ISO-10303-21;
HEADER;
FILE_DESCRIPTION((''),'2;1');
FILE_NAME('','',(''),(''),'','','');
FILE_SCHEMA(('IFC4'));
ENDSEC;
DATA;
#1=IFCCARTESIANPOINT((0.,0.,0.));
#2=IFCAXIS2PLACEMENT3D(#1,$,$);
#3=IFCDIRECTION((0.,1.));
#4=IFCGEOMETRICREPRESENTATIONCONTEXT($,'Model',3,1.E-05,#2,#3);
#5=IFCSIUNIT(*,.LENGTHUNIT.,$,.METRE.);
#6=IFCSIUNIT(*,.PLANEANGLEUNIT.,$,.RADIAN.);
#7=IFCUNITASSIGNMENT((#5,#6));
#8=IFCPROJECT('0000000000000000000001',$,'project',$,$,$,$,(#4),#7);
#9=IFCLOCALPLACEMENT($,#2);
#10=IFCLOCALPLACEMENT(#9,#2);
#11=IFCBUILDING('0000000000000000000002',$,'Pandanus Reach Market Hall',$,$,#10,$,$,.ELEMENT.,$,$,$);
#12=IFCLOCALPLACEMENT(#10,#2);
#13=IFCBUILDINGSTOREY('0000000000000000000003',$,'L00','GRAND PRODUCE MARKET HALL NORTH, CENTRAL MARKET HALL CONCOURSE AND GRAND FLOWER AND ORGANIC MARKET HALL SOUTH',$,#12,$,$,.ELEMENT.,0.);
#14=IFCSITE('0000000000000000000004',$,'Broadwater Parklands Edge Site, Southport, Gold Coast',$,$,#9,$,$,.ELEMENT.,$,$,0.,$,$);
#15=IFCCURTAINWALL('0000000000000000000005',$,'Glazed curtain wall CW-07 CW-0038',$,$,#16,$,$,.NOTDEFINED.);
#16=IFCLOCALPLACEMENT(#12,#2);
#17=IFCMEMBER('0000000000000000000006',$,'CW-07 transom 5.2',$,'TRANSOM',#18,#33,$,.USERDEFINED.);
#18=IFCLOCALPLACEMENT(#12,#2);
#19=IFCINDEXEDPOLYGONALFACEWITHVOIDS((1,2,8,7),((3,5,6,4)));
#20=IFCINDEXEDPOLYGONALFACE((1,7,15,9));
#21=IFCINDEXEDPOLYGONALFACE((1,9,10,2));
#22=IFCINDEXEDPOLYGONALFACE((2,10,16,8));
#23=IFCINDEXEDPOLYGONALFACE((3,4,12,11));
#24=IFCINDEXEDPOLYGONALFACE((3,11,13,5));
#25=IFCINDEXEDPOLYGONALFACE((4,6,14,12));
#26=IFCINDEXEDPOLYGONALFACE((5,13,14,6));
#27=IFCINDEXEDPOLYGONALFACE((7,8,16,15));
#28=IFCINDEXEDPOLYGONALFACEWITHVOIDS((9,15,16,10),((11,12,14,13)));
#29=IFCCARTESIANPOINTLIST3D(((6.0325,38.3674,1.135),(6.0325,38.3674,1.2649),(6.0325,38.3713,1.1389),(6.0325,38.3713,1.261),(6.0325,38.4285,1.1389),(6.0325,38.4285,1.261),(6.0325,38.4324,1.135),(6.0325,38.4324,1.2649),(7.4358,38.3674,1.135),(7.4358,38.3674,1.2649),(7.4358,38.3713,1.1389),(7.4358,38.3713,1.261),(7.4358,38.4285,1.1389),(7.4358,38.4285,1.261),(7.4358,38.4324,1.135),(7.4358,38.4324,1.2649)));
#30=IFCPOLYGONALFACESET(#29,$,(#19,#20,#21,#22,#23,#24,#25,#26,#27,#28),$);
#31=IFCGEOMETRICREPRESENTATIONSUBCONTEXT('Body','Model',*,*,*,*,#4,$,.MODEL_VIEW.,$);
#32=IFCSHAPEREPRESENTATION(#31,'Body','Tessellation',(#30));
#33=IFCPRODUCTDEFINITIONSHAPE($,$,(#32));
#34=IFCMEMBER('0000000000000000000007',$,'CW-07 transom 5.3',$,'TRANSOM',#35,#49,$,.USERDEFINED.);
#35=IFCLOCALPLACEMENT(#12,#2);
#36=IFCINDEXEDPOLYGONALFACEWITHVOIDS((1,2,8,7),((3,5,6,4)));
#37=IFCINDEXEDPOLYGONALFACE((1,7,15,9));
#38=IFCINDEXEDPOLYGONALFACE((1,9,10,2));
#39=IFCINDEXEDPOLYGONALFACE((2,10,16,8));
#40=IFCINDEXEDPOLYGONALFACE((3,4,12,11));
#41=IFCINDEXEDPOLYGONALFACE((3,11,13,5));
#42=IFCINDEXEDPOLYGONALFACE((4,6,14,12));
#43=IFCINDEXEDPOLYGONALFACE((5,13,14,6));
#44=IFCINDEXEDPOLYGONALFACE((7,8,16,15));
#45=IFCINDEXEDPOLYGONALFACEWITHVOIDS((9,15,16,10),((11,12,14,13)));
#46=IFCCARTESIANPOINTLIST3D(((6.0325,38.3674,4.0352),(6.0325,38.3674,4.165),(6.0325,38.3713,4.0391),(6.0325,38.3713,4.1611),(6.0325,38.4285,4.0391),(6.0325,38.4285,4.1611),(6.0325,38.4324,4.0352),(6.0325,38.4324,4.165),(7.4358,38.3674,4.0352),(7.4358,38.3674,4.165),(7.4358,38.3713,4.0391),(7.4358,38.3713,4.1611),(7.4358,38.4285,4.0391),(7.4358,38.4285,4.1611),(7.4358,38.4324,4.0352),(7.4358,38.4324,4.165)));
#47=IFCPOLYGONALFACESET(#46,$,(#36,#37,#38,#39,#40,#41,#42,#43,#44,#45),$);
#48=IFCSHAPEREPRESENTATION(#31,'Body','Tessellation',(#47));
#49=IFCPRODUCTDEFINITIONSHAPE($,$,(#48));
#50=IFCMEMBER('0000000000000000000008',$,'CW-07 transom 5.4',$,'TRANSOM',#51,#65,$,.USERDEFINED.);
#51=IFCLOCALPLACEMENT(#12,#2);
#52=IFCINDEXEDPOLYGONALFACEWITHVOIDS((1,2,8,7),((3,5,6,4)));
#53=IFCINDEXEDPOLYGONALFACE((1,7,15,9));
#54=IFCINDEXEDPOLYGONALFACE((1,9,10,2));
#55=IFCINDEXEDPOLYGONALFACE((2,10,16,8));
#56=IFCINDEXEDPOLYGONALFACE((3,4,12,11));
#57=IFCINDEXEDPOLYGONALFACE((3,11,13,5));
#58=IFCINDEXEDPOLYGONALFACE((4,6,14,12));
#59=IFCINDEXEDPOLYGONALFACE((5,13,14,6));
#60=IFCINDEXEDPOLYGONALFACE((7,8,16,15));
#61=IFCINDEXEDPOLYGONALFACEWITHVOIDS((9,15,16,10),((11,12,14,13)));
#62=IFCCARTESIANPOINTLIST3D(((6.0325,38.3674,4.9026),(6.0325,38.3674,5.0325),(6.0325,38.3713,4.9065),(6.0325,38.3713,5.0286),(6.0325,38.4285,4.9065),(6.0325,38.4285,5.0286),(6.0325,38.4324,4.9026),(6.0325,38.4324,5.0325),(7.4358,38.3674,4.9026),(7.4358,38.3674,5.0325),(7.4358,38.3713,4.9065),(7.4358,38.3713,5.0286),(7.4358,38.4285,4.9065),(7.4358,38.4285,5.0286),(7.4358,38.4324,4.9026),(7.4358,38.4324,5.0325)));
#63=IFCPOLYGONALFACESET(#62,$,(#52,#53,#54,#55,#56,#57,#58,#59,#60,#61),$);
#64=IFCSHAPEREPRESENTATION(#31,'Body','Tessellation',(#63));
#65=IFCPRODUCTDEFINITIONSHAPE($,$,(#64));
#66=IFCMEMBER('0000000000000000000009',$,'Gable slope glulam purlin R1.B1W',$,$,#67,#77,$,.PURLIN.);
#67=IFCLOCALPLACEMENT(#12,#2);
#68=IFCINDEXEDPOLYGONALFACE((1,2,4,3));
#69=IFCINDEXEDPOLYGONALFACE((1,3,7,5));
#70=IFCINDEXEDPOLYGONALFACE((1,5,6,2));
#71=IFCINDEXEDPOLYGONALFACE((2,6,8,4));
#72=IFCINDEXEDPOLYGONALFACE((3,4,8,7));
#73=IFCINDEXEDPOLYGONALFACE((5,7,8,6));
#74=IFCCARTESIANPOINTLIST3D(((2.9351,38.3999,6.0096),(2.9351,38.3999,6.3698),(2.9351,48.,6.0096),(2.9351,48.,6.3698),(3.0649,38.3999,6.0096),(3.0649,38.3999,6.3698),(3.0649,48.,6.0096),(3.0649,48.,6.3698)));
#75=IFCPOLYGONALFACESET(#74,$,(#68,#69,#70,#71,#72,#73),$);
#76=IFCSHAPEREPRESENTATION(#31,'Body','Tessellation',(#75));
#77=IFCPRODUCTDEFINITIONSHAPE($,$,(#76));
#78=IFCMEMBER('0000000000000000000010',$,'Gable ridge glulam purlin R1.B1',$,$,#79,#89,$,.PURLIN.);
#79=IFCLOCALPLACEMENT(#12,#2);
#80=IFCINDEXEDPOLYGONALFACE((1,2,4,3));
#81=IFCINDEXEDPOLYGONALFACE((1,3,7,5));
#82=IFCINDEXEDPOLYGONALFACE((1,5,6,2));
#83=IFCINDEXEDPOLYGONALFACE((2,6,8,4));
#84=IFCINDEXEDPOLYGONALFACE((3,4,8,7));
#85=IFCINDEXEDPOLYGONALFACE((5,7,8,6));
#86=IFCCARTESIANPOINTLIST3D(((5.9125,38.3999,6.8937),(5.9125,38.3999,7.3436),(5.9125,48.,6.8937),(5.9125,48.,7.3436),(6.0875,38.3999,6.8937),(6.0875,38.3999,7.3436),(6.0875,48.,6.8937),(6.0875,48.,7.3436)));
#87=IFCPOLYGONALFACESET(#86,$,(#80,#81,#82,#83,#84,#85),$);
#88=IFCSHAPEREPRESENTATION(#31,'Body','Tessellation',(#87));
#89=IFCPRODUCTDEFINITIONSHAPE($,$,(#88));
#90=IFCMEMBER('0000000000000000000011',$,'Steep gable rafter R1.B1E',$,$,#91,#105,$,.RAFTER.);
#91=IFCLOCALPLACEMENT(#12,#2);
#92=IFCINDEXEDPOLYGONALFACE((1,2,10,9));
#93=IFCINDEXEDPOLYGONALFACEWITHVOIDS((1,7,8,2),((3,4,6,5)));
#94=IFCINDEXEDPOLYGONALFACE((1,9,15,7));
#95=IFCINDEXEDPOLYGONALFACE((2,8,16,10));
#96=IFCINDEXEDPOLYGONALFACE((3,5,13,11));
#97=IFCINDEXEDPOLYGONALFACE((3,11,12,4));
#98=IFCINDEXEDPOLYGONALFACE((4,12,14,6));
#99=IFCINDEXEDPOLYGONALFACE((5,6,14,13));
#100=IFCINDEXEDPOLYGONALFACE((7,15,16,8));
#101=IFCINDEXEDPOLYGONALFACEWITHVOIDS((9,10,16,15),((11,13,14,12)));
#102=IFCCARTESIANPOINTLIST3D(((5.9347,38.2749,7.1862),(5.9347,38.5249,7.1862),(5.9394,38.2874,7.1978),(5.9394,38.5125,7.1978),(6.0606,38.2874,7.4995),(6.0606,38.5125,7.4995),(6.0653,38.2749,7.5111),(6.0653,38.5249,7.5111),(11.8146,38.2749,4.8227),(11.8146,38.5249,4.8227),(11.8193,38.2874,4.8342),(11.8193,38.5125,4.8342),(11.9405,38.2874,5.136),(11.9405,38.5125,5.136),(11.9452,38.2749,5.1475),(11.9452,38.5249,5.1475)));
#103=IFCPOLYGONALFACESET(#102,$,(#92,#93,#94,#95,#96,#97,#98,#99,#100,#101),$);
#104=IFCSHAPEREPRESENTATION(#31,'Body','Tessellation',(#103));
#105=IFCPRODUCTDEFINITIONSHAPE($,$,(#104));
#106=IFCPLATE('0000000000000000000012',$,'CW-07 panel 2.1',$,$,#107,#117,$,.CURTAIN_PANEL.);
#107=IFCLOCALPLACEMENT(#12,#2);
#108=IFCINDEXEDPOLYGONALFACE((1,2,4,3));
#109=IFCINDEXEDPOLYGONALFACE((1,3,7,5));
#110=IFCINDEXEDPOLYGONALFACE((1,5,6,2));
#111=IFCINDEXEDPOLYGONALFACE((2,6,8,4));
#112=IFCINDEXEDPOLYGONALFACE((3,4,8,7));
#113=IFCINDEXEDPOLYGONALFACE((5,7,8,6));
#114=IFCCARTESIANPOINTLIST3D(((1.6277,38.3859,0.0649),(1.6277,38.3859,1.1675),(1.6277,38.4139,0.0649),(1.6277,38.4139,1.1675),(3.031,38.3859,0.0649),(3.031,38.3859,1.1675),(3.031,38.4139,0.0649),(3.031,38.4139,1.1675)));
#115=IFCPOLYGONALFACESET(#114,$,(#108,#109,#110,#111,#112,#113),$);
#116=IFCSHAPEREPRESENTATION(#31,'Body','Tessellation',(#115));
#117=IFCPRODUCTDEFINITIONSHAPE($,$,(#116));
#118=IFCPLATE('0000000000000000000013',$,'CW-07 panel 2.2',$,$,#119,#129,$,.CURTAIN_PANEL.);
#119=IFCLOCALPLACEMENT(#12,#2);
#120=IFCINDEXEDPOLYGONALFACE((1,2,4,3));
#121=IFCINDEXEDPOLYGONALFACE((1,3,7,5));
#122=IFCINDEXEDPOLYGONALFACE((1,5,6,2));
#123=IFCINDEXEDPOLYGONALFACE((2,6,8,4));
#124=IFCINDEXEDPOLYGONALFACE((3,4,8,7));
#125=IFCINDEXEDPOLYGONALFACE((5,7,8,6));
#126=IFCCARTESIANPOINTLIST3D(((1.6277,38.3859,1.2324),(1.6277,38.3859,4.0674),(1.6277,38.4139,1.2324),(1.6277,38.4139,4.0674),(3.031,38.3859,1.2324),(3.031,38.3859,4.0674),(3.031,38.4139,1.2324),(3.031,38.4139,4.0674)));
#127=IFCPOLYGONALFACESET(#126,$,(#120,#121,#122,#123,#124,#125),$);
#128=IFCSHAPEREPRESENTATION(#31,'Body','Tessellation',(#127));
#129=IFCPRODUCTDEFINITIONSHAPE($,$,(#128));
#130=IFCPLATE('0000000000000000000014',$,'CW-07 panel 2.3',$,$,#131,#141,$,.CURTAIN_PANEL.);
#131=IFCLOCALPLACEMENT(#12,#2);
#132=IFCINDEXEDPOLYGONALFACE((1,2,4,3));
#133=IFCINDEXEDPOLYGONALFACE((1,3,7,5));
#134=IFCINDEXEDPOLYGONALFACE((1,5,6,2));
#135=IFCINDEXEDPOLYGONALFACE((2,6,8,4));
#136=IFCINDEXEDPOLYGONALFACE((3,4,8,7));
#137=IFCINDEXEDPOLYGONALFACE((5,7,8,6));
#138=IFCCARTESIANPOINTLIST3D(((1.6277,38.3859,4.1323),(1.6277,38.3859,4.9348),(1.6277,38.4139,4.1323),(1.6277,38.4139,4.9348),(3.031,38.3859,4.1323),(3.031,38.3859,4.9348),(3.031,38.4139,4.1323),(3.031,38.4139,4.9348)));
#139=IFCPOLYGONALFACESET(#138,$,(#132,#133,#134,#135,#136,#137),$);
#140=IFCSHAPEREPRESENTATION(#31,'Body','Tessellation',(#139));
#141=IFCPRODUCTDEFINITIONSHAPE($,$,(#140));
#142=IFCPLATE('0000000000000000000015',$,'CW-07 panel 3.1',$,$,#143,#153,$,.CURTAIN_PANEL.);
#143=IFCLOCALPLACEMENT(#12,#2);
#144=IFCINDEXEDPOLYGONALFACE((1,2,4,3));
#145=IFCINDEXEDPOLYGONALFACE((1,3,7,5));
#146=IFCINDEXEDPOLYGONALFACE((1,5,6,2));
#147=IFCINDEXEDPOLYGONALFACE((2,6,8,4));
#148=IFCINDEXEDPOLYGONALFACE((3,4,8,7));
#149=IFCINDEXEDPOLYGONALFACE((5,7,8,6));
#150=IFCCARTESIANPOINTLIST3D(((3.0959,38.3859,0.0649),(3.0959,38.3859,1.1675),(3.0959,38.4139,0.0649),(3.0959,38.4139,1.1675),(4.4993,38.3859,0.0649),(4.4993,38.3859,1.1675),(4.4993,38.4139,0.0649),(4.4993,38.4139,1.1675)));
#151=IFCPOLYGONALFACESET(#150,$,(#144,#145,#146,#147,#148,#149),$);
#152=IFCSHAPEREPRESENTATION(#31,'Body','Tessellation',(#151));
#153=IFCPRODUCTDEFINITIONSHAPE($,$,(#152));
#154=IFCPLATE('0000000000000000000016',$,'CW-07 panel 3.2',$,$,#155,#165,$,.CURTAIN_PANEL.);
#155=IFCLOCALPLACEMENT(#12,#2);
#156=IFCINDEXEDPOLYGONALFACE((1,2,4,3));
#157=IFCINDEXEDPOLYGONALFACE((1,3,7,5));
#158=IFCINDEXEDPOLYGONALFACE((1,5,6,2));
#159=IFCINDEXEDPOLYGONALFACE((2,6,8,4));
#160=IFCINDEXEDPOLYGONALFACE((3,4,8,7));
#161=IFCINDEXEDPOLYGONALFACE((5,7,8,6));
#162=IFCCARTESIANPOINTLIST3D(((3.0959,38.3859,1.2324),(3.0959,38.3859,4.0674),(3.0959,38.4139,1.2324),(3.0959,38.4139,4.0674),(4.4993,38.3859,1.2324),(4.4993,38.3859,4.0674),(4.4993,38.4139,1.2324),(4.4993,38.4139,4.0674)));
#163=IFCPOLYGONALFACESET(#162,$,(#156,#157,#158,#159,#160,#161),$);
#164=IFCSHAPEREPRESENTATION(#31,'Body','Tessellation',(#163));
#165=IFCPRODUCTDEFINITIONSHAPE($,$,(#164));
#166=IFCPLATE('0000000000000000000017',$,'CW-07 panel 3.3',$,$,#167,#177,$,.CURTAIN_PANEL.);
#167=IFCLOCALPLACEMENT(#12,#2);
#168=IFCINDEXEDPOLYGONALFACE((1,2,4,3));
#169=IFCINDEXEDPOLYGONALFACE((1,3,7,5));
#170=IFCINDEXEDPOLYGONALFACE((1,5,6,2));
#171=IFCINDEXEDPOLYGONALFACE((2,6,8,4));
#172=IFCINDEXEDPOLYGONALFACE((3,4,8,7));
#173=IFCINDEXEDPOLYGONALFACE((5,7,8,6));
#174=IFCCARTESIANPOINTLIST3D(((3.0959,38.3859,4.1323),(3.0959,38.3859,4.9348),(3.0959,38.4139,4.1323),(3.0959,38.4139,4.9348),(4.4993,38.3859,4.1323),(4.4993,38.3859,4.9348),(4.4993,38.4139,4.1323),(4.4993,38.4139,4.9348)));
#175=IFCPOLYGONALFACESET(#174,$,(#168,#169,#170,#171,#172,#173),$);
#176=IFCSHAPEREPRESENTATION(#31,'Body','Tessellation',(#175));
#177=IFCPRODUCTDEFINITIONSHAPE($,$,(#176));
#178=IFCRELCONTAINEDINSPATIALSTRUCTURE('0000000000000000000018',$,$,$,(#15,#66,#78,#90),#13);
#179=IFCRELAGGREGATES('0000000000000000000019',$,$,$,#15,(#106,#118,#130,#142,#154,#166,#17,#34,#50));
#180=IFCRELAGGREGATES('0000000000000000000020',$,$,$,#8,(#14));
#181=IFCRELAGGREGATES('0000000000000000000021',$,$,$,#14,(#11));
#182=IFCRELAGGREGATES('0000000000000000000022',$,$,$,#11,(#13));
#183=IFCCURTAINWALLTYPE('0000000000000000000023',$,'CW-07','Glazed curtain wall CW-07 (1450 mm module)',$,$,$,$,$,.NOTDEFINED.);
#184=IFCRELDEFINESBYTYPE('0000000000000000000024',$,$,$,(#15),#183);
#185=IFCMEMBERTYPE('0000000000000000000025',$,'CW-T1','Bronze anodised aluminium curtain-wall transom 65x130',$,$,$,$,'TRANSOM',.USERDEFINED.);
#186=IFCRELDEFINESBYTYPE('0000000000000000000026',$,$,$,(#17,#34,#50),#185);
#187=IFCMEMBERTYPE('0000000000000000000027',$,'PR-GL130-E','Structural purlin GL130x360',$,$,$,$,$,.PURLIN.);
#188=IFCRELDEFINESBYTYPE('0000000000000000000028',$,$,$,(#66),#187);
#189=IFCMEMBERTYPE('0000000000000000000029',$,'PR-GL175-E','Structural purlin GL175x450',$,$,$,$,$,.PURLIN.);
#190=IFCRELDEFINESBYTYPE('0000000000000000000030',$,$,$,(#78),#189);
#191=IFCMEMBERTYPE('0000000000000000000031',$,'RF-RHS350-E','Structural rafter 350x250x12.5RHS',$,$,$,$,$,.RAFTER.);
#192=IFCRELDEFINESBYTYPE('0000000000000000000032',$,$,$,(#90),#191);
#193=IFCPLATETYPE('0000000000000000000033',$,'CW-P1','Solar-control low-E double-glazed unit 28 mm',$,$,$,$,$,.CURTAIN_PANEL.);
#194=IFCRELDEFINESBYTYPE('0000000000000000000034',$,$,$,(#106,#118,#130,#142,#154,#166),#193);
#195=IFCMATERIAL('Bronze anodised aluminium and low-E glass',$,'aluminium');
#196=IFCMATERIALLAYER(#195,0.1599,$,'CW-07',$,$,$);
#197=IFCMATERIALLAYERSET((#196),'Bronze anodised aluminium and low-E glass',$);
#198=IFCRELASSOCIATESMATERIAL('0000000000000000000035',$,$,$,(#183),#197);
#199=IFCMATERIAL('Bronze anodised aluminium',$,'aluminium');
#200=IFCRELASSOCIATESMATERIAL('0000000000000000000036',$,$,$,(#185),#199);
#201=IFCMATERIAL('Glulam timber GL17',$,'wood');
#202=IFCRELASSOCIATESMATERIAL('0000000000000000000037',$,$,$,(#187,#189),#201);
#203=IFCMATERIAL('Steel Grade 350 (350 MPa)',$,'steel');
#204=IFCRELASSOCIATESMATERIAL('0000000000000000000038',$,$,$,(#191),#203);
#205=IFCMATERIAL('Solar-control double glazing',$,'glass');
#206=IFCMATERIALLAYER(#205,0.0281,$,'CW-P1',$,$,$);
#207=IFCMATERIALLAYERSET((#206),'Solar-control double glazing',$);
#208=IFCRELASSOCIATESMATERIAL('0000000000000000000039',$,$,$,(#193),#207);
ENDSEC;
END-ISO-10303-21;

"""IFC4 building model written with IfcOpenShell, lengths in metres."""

from ifc_helpers import new_model, si_unit, direction, frame, origin, origin_2d, place, context, subcontext, project, spatial, rectangle, hollow_rectangle, extrude, material, layer, layer_set, material_profile, profile_set, type_object, element, aggregate, save


model = new_model("IFC4")

# Units and contexts
model_context = context("Model", 3, precision=1e-05, world=origin(), true_north=direction((0.0, 1.0)))
body_context = subcontext(model_context, "Body", "Model", "MODEL_VIEW")
ifc_project = project(units=[si_unit("LENGTHUNIT", "METRE"), si_unit("PLANEANGLEUNIT", "RADIAN")], contexts=[model_context])

# Site, building, storey
site_placement = place(None, origin())
site = spatial("IfcSite", under=ifc_project, at=site_placement, Name="Broadwater Parklands Edge Site, Southport, Gold Coast", CompositionType="ELEMENT", RefElevation=0.0)
building_placement = place(site_placement, origin())
building = spatial("IfcBuilding", under=site, at=building_placement, Name="Pandanus Reach Market Hall", CompositionType="ELEMENT")
storey_placement = place(building_placement, origin())
storey = spatial("IfcBuildingStorey", under=building, at=storey_placement, Name="L00", Description="GRAND PRODUCE MARKET HALL NORTH, CENTRAL MARKET HALL CONCOURSE AND GRAND FLOWER AND ORGANIC MARKET HALL SOUTH", CompositionType="ELEMENT", Elevation=0.0)

# Shared definitions
ifc_material_1 = material(Name="Steel Grade 350 (350 MPa)", Category="steel")

# Curtain wall, members
ifc_material_2 = material(Name="Bronze anodised aluminium and low-E glass", Category="aluminium")
ifc_layer_1 = layer(ifc_material_2, 0.1599, Name="CW-07")
ifc_layer_set_1 = layer_set([ifc_layer_1], Name="Bronze anodised aluminium and low-E glass")
curtain_wall_type = type_object("IfcCurtainWallType", Name="CW-07", Description="Glazed curtain wall CW-07 (1450 mm module)", PredefinedType="NOTDEFINED", material=ifc_layer_set_1)
curtain_wall_placement = place(storey_placement, origin())
curtain_wall = element("IfcCurtainWall", 1, at=curtain_wall_placement, inside=storey, type_object=curtain_wall_type, Name="Glazed curtain wall CW-07 CW-0038", PredefinedType="NOTDEFINED")
ifc_material_3 = material(Name="Bronze anodised aluminium", Category="aluminium")
ifc_material_profile_1 = material_profile(ifc_material_3, hollow_rectangle(XDim=0.0649, YDim=0.1299, WallThickness=0.0039, at=origin_2d()), Name="ALU65x130", Category="LoadBearing")
ifc_profile_set_1 = profile_set([ifc_material_profile_1], Name="Bronze anodised aluminium")
member_type_1 = type_object("IfcMemberType", Name="CW-T1", Description="Bronze anodised aluminium curtain-wall transom 65x130", ElementType="TRANSOM", PredefinedType="USERDEFINED", material=ifc_profile_set_1)
member_1_placement = place(storey_placement, frame((6.0325, 38.3999, 1.2), z_axis=(1.0, 0.0, 0.0), x_axis=(0.0, 1.0, 0.0)))
member_1 = element("IfcMember", 2, at=member_1_placement, type_object=member_type_1, Name="CW-07 transom 5.2", ObjectType="TRANSOM", PredefinedType="USERDEFINED", context=body_context, shape_type="SweptSolid", body=[
    extrude(hollow_rectangle(XDim=0.0649, YDim=0.1299, WallThickness=0.0039, at=origin_2d()), origin(), (0.0, 0.0, 1.0), 1.4033),
])
member_2_placement = place(storey_placement, frame((6.0325, 38.3999, 4.1001), z_axis=(1.0, 0.0, 0.0), x_axis=(0.0, 1.0, 0.0)))
member_2 = element("IfcMember", 3, at=member_2_placement, type_object=member_type_1, Name="CW-07 transom 5.3", ObjectType="TRANSOM", PredefinedType="USERDEFINED", context=body_context, shape_type="SweptSolid", body=[
    extrude(hollow_rectangle(XDim=0.0649, YDim=0.1299, WallThickness=0.0039, at=origin_2d()), origin(), (0.0, 0.0, 1.0), 1.4033),
])
member_3_placement = place(storey_placement, frame((6.0325, 38.3999, 4.9675), z_axis=(1.0, 0.0, 0.0), x_axis=(0.0, 1.0, 0.0)))
member_3 = element("IfcMember", 4, at=member_3_placement, type_object=member_type_1, Name="CW-07 transom 5.4", ObjectType="TRANSOM", PredefinedType="USERDEFINED", context=body_context, shape_type="SweptSolid", body=[
    extrude(hollow_rectangle(XDim=0.0649, YDim=0.1299, WallThickness=0.0039, at=origin_2d()), origin(), (0.0, 0.0, 1.0), 1.4033),
])

# Members
ifc_material_4 = material(Name="Glulam timber GL17", Category="wood")
ifc_material_profile_2 = material_profile(ifc_material_4, rectangle(XDim=0.1299, YDim=0.3601, at=origin_2d()), Name="GL130x360", Category="LoadBearing")
ifc_profile_set_2 = profile_set([ifc_material_profile_2], Name="Glulam timber GL17")
member_type_2 = type_object("IfcMemberType", Name="PR-GL130-E", Description="Structural purlin GL130x360", PredefinedType="PURLIN", material=ifc_profile_set_2)
member_4_placement = place(storey_placement, frame((3.0, 38.3999, 6.1897), z_axis=(0.0, 1.0, 0.0), x_axis=(-1.0, 0.0, 0.0)))
element("IfcMember", 5, at=member_4_placement, inside=storey, type_object=member_type_2, Name="Gable slope glulam purlin R1.B1W", PredefinedType="PURLIN", context=body_context, shape_type="SweptSolid", body=[
    extrude(rectangle(XDim=0.1299, YDim=0.3601, at=origin_2d()), origin(), (0.0, 0.0, 1.0), 9.6001),
])
ifc_material_profile_3 = material_profile(ifc_material_4, rectangle(XDim=0.175, YDim=0.45, at=origin_2d()), Name="GL175x450", Category="LoadBearing")
ifc_profile_set_3 = profile_set([ifc_material_profile_3], Name="Glulam timber GL17")
member_type_3 = type_object("IfcMemberType", Name="PR-GL175-E", Description="Structural purlin GL175x450", PredefinedType="PURLIN", material=ifc_profile_set_3)
member_5_placement = place(storey_placement, frame((6.0, 38.3999, 7.1187), z_axis=(0.0, 1.0, 0.0), x_axis=(-1.0, 0.0, 0.0)))
element("IfcMember", 6, at=member_5_placement, inside=storey, type_object=member_type_3, Name="Gable ridge glulam purlin R1.B1", PredefinedType="PURLIN", context=body_context, shape_type="SweptSolid", body=[
    extrude(rectangle(XDim=0.175, YDim=0.45, at=origin_2d()), origin(), (0.0, 0.0, 1.0), 9.6001),
])
ifc_material_profile_4 = material_profile(ifc_material_1, hollow_rectangle(XDim=0.25, YDim=0.3501, WallThickness=0.0125, at=origin_2d()), Name="350x250x12.5RHS", Category="LoadBearing")
ifc_profile_set_4 = profile_set([ifc_material_profile_4], Name="Steel Grade 350 (350 MPa)")
member_type_4 = type_object("IfcMemberType", Name="RF-RHS350-E", Description="Structural rafter 350x250x12.5RHS", PredefinedType="RAFTER", material=ifc_profile_set_4)
member_6_placement = place(storey_placement, frame((6.0, 38.3999, 7.3486), z_axis=(0.927846, 0.0, -0.372964), x_axis=(0.0, 1.0, 0.0)))
element("IfcMember", 7, at=member_6_placement, inside=storey, type_object=member_type_4, Name="Steep gable rafter R1.B1E", PredefinedType="RAFTER", context=body_context, shape_type="SweptSolid", body=[
    extrude(hollow_rectangle(XDim=0.25, YDim=0.3501, WallThickness=0.0125, at=origin_2d()), origin(), (0.0, 0.0, 1.0), 6.3372),
])

# Plates
ifc_material_5 = material(Name="Solar-control double glazing", Category="glass")
ifc_layer_2 = layer(ifc_material_5, 0.0281, Name="CW-P1")
ifc_layer_set_2 = layer_set([ifc_layer_2], Name="Solar-control double glazing")
plate_type = type_object("IfcPlateType", Name="CW-P1", Description="Solar-control low-E double-glazed unit 28 mm", PredefinedType="CURTAIN_PANEL", material=ifc_layer_set_2)
plate_1_placement = place(storey_placement, frame((2.3293, 38.3999, 0.0649), z_axis=(0.0, 0.0, 1.0), x_axis=(1.0, 0.0, 0.0)))
plate_1 = element("IfcPlate", 8, at=plate_1_placement, type_object=plate_type, Name="CW-07 panel 2.1", PredefinedType="CURTAIN_PANEL", context=body_context, shape_type="SweptSolid", body=[
    extrude(rectangle(XDim=1.4033, YDim=0.0281, at=origin_2d()), origin(), (0.0, 0.0, 1.0), 1.1025),
])
plate_2_placement = place(storey_placement, frame((2.3293, 38.3999, 1.2324), z_axis=(0.0, 0.0, 1.0), x_axis=(1.0, 0.0, 0.0)))
plate_2 = element("IfcPlate", 9, at=plate_2_placement, type_object=plate_type, Name="CW-07 panel 2.2", PredefinedType="CURTAIN_PANEL", context=body_context, shape_type="SweptSolid", body=[
    extrude(rectangle(XDim=1.4033, YDim=0.0281, at=origin_2d()), origin(), (0.0, 0.0, 1.0), 2.835),
])
plate_3_placement = place(storey_placement, frame((2.3293, 38.3999, 4.1323), z_axis=(0.0, 0.0, 1.0), x_axis=(1.0, 0.0, 0.0)))
plate_3 = element("IfcPlate", 10, at=plate_3_placement, type_object=plate_type, Name="CW-07 panel 2.3", PredefinedType="CURTAIN_PANEL", context=body_context, shape_type="SweptSolid", body=[
    extrude(rectangle(XDim=1.4033, YDim=0.0281, at=origin_2d()), origin(), (0.0, 0.0, 1.0), 0.8025),
])
plate_4_placement = place(storey_placement, frame((3.7976, 38.3999, 0.0649), z_axis=(0.0, 0.0, 1.0), x_axis=(1.0, 0.0, 0.0)))
plate_4 = element("IfcPlate", 11, at=plate_4_placement, type_object=plate_type, Name="CW-07 panel 3.1", PredefinedType="CURTAIN_PANEL", context=body_context, shape_type="SweptSolid", body=[
    extrude(rectangle(XDim=1.4033, YDim=0.0281, at=origin_2d()), origin(), (0.0, 0.0, 1.0), 1.1025),
])
plate_5_placement = place(storey_placement, frame((3.7976, 38.3999, 1.2324), z_axis=(0.0, 0.0, 1.0), x_axis=(1.0, 0.0, 0.0)))
plate_5 = element("IfcPlate", 12, at=plate_5_placement, type_object=plate_type, Name="CW-07 panel 3.2", PredefinedType="CURTAIN_PANEL", context=body_context, shape_type="SweptSolid", body=[
    extrude(rectangle(XDim=1.4033, YDim=0.0281, at=origin_2d()), origin(), (0.0, 0.0, 1.0), 2.835),
])
plate_6_placement = place(storey_placement, frame((3.7976, 38.3999, 4.1323), z_axis=(0.0, 0.0, 1.0), x_axis=(1.0, 0.0, 0.0)))
plate_6 = element("IfcPlate", 13, at=plate_6_placement, type_object=plate_type, Name="CW-07 panel 3.3", PredefinedType="CURTAIN_PANEL", context=body_context, shape_type="SweptSolid", body=[
    extrude(rectangle(XDim=1.4033, YDim=0.0281, at=origin_2d()), origin(), (0.0, 0.0, 1.0), 0.8025),
])
aggregate(curtain_wall, [plate_1, plate_2, plate_3, plate_4, plate_5, plate_6, member_1, member_2, member_3])

save(model, "model.ifc")
